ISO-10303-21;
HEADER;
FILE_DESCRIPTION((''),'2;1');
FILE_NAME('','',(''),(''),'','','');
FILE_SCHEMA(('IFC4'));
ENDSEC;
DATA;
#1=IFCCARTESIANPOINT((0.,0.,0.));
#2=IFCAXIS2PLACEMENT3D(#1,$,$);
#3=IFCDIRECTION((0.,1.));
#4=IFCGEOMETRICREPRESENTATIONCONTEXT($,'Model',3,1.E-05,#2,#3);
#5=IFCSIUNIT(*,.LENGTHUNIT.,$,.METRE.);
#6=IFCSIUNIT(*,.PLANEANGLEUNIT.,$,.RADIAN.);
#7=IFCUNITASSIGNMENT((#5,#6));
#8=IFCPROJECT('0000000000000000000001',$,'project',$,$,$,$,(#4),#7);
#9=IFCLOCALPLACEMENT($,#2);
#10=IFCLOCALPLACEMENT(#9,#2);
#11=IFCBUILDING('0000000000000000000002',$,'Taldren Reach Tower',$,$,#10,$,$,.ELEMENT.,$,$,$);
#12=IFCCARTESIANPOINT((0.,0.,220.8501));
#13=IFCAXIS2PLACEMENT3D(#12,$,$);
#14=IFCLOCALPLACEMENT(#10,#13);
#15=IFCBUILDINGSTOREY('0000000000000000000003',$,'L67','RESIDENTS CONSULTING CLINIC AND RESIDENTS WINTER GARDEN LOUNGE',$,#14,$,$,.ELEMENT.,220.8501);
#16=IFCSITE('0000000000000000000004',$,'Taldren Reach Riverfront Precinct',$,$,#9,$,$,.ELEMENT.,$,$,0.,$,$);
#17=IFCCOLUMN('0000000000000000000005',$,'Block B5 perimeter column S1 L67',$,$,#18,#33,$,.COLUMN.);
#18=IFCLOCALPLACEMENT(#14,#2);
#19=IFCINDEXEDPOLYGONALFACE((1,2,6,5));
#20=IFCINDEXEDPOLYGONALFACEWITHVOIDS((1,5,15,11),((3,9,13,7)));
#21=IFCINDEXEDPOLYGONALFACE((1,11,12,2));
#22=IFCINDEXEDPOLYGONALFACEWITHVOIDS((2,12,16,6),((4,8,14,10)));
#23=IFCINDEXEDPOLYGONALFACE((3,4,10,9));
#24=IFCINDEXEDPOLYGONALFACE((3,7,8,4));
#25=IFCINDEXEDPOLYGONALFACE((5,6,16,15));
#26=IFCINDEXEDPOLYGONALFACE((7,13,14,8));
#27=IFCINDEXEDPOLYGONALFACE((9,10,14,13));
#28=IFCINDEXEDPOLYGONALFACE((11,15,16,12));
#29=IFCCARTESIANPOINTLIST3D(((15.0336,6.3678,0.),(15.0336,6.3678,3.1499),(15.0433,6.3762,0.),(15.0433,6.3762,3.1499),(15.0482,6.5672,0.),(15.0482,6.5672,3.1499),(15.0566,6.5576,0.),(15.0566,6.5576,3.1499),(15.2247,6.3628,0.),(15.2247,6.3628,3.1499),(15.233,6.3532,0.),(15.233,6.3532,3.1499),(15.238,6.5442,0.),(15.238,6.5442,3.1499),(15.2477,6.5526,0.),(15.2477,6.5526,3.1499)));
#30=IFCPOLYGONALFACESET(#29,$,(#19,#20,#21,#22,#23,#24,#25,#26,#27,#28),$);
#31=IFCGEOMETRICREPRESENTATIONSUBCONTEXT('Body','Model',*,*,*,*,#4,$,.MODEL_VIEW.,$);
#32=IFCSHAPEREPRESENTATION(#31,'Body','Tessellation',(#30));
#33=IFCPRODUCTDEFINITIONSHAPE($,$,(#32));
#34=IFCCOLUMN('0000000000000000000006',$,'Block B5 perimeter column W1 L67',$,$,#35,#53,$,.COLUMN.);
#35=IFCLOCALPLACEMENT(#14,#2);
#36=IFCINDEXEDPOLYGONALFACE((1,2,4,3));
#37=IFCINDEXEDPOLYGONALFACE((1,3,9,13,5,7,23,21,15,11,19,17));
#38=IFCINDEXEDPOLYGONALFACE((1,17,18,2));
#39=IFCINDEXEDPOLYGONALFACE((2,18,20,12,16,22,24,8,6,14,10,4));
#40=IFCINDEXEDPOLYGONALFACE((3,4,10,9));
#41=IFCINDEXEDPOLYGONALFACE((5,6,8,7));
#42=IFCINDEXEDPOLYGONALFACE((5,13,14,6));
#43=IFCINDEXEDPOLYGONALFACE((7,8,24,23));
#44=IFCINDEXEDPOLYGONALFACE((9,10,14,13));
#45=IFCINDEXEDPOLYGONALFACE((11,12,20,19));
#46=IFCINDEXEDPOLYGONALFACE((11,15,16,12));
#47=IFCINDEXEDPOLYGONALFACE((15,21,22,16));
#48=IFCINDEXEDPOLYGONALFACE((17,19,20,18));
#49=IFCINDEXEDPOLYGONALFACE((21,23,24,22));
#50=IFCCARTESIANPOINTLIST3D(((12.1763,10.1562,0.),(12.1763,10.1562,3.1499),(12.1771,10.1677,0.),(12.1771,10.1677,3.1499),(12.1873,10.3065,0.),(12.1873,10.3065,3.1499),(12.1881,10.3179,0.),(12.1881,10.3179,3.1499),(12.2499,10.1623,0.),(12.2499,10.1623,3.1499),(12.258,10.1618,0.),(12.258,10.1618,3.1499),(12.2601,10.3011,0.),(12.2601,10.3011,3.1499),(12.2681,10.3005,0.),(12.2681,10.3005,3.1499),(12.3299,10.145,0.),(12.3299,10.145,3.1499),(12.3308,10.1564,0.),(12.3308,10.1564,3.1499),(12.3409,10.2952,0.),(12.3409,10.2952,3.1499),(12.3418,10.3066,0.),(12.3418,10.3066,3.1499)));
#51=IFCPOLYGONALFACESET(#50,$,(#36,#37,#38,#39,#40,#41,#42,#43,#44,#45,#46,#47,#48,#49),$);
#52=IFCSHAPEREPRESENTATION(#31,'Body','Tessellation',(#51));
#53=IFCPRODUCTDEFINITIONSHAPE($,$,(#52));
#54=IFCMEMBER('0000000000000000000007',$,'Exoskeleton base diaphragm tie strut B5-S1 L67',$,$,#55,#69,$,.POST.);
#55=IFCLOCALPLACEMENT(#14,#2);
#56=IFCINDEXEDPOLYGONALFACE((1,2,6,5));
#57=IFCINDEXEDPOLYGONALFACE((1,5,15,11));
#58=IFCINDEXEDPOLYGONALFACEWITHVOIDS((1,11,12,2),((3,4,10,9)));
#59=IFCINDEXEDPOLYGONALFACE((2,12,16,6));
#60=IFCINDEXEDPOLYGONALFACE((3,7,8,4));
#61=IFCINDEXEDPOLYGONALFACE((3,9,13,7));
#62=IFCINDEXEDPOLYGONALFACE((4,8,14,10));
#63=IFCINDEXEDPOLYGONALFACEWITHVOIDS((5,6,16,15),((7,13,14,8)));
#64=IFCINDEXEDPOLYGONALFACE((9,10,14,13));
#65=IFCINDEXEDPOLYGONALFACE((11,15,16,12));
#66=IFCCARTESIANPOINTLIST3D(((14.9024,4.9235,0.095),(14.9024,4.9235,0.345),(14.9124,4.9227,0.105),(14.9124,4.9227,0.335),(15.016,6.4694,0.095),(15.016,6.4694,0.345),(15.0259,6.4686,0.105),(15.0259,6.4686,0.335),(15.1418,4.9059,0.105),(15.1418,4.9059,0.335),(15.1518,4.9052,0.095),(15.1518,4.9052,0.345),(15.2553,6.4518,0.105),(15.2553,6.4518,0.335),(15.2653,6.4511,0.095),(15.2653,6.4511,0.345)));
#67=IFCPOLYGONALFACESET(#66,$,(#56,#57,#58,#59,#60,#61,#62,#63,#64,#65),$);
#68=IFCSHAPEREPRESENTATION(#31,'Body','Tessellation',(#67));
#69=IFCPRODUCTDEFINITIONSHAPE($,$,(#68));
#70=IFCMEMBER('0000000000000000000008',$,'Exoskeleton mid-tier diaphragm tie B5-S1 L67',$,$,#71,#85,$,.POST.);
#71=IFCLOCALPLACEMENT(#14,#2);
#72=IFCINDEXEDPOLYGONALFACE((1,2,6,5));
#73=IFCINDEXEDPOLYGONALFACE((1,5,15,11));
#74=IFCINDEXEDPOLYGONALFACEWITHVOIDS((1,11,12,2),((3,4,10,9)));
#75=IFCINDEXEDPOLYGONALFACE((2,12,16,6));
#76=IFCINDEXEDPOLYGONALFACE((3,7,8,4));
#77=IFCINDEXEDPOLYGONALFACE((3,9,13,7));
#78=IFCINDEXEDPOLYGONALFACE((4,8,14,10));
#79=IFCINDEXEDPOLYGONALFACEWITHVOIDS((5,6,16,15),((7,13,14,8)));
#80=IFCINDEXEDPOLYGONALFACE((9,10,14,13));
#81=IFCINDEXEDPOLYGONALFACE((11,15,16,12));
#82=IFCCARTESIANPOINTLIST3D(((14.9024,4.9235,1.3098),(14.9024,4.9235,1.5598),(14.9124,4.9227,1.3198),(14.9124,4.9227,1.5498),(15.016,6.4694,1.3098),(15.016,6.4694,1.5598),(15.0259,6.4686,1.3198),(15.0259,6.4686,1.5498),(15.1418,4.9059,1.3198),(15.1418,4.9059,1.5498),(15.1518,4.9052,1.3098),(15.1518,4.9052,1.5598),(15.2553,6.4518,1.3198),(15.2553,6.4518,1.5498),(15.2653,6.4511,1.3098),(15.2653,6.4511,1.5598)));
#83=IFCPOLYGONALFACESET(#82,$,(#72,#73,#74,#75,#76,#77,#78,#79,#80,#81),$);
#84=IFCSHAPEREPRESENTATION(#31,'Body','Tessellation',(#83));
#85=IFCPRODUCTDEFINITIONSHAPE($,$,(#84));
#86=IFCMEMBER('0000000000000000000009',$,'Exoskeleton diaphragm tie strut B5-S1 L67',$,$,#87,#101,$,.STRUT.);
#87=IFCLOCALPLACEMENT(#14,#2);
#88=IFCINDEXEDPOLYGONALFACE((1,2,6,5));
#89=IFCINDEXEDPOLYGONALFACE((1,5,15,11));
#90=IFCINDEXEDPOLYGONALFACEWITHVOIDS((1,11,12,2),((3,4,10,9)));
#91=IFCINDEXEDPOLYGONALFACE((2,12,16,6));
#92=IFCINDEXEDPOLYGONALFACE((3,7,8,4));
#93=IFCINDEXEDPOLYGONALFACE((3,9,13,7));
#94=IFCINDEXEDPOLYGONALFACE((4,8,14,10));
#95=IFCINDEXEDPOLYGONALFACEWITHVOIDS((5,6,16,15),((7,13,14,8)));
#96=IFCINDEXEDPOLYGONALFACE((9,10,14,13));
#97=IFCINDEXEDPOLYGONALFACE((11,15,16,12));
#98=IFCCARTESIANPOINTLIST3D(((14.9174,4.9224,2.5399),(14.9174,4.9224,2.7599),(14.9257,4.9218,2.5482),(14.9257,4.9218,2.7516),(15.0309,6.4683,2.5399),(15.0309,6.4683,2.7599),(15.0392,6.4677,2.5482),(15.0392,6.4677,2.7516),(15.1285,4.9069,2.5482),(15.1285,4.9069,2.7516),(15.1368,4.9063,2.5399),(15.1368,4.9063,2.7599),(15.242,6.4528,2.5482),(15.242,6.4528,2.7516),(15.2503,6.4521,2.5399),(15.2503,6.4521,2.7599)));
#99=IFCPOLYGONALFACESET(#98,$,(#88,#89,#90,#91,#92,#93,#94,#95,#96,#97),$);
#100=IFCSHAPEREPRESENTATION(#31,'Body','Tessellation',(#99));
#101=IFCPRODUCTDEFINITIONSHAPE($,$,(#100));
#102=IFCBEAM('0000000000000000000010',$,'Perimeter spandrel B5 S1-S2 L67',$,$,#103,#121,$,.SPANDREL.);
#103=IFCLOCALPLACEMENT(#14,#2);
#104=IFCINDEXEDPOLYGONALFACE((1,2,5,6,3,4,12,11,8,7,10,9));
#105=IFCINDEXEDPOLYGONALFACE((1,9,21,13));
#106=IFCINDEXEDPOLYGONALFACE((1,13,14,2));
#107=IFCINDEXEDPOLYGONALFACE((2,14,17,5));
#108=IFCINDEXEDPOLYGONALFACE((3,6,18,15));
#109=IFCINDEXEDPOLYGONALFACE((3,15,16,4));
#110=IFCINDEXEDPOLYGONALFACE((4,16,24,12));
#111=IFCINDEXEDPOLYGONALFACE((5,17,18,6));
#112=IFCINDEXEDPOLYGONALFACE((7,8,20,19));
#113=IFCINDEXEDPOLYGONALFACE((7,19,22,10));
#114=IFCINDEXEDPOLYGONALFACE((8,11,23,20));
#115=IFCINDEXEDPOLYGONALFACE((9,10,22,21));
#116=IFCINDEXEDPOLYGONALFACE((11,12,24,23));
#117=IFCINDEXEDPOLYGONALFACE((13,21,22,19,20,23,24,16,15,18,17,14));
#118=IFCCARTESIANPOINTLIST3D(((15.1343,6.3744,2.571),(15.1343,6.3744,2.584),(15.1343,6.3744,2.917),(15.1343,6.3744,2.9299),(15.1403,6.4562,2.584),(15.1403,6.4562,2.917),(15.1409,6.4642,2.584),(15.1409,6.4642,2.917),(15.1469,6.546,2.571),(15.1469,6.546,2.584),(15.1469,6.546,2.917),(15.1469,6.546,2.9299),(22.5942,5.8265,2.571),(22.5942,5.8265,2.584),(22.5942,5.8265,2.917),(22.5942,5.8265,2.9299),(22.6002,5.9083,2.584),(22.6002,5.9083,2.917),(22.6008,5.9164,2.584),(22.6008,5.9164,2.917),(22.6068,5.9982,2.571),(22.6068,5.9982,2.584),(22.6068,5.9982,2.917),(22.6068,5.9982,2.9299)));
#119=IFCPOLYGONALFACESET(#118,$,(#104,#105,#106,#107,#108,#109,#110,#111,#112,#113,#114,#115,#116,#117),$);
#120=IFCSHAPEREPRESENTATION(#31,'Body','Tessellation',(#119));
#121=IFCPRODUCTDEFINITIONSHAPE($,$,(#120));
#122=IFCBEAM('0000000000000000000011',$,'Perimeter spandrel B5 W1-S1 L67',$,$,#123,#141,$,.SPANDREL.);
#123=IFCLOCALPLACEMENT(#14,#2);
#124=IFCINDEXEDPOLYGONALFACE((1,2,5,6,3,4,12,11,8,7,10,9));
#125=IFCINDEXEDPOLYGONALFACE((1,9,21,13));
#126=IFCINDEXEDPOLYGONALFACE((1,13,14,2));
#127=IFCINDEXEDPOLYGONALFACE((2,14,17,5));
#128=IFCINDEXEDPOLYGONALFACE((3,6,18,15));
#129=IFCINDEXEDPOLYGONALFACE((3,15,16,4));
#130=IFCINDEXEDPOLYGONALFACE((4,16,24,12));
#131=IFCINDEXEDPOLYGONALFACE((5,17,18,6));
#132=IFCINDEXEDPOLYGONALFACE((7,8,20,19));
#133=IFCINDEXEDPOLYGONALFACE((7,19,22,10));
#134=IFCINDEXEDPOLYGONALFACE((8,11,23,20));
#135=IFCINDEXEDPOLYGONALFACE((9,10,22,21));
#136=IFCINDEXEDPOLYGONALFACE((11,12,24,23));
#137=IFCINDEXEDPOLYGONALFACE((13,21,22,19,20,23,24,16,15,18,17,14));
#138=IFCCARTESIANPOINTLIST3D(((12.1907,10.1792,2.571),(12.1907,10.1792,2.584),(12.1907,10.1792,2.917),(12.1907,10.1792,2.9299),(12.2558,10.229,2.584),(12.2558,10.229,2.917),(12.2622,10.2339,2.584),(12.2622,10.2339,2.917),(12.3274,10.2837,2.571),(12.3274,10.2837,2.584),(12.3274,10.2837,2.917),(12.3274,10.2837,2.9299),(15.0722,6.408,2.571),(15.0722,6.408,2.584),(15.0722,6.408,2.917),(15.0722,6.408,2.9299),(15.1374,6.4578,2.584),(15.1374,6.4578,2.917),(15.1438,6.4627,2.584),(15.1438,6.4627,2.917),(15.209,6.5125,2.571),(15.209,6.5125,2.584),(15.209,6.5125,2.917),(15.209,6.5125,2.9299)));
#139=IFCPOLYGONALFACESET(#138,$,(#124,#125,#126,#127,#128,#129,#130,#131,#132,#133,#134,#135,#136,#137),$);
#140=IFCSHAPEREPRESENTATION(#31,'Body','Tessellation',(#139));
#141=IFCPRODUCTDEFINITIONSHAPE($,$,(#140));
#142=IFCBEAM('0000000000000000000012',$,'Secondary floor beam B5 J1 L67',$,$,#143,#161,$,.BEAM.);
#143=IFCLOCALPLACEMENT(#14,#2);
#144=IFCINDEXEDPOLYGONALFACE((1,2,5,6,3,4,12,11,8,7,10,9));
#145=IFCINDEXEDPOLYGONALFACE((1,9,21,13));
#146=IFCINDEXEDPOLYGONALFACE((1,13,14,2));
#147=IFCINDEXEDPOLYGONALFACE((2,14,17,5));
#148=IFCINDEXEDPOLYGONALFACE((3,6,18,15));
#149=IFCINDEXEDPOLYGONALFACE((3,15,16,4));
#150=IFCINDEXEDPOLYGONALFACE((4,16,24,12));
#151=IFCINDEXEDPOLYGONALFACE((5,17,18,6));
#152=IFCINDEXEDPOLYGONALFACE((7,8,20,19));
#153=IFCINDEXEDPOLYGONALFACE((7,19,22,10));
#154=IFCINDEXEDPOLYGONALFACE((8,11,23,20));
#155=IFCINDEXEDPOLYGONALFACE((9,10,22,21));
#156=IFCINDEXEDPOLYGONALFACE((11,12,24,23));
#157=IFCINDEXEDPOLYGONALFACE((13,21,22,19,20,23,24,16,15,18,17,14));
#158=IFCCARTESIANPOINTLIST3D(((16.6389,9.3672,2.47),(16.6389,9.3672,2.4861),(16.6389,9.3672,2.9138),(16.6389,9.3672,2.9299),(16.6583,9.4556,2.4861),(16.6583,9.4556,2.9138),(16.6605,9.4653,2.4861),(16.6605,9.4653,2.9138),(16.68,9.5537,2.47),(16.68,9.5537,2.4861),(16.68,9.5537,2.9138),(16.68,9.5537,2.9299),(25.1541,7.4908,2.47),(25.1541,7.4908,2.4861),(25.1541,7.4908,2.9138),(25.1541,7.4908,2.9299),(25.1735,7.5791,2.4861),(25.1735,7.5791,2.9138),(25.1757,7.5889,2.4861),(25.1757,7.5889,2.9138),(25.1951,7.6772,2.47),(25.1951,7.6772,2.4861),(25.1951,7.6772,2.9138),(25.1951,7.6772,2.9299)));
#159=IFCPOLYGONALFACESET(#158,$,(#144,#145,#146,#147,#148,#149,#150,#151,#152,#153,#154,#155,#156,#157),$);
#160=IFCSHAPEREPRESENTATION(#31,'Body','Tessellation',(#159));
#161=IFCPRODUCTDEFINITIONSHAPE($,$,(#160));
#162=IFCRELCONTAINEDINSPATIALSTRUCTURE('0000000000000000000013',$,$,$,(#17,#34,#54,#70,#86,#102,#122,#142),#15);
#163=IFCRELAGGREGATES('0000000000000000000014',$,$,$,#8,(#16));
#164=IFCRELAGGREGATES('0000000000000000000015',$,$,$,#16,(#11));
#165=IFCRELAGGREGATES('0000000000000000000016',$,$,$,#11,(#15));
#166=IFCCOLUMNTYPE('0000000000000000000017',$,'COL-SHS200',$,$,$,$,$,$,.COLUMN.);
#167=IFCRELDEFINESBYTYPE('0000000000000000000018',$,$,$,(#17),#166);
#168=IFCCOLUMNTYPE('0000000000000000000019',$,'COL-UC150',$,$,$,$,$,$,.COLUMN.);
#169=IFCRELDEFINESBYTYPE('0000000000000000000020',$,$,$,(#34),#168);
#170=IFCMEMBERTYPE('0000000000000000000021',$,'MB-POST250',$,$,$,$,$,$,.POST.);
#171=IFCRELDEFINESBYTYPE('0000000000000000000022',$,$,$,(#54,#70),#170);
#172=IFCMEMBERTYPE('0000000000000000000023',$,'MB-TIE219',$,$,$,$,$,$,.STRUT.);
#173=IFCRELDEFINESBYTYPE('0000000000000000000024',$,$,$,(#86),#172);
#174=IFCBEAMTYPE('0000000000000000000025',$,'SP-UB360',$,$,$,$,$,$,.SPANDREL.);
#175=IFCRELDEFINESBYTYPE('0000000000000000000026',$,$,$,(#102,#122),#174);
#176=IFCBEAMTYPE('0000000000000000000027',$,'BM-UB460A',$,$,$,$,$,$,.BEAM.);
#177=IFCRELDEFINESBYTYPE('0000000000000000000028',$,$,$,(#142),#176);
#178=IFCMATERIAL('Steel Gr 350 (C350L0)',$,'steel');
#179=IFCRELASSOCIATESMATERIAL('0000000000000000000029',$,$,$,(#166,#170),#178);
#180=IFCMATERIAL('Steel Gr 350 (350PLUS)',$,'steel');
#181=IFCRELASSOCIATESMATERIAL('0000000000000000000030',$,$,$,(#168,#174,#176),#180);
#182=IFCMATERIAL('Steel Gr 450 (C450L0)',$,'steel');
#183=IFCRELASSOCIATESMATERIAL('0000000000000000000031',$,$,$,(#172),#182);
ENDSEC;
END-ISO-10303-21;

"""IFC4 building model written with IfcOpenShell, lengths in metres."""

from ifc_helpers import new_model, si_unit, direction, frame, origin, origin_2d, place, context, subcontext, project, spatial, hollow_rectangle, i_section, extrude, source, transform, mapped, material, material_profile, profile_set, type_object, element, save


model = new_model("IFC4")

# Units and contexts
model_context = context("Model", 3, precision=1e-05, world=origin(), true_north=direction((0.0, 1.0)))
body_context = subcontext(model_context, "Body", "Model", "MODEL_VIEW")
ifc_project = project(units=[si_unit("LENGTHUNIT", "METRE"), si_unit("PLANEANGLEUNIT", "RADIAN")], contexts=[model_context])

# Site, building, storey
site_placement = place(None, origin())
site = spatial("IfcSite", under=ifc_project, at=site_placement, Name="Taldren Reach Riverfront Precinct", CompositionType="ELEMENT", RefElevation=0.0)
building_placement = place(site_placement, origin())
building = spatial("IfcBuilding", under=site, at=building_placement, Name="Taldren Reach Tower", CompositionType="ELEMENT")
storey_placement = place(building_placement, frame((0.0, 0.0, 220.8501)))
storey = spatial("IfcBuildingStorey", under=building, at=storey_placement, Name="L67", Description="RESIDENTS CONSULTING CLINIC AND RESIDENTS WINTER GARDEN LOUNGE", CompositionType="ELEMENT", Elevation=220.8501)

# Columns
ifc_material_1 = material(Name="Steel Gr 350 (C350L0)", Category="steel")
ifc_material_profile_1 = material_profile(ifc_material_1, hollow_rectangle(XDim=0.2, YDim=0.2, WallThickness=0.009, at=origin_2d()), Name="200x200x9.0SHS")
ifc_profile_set_1 = profile_set([ifc_material_profile_1], Name="Steel Gr 350 (C350L0)")
column_type_1 = type_object("IfcColumnType", Name="COL-SHS200", PredefinedType="COLUMN", material=ifc_profile_set_1)
shared_shape_1 = source(origin(), body_context, "Body", "SweptSolid", [
    extrude(hollow_rectangle(XDim=0.2, YDim=0.2, WallThickness=0.009, at=origin_2d()), origin(), (0.0, 0.0, 1.0), 3.1499),
])
column_1_placement = place(storey_placement, frame((15.1406, 6.4602, 0.0), z_axis=(0.0, 0.0, 1.0), x_axis=(0.997314, -0.073238, 0.0)))
element("IfcColumn", 1, at=column_1_placement, inside=storey, type_object=column_type_1, Name="Block B5 perimeter column S1 L67", PredefinedType="COLUMN", context=body_context, shape_type="MappedRepresentation", body=[
    mapped(shared_shape_1, transform((0.0, 0.0, 0.0), scale=1.0)),
])
ifc_material_2 = material(Name="Steel Gr 350 (350PLUS)", Category="steel")
ifc_material_profile_2 = material_profile(ifc_material_2, i_section(OverallWidth=0.1541, OverallDepth=0.1621, WebThickness=0.0081, FlangeThickness=0.0115, at=origin_2d()), Name="150UC37.2")
ifc_profile_set_2 = profile_set([ifc_material_profile_2], Name="Steel Gr 350 (350PLUS)")
column_type_2 = type_object("IfcColumnType", Name="COL-UC150", PredefinedType="COLUMN", material=ifc_profile_set_2)
shared_shape_2 = source(origin(), body_context, "Body", "SweptSolid", [
    extrude(i_section(OverallWidth=0.1541, OverallDepth=0.1621, WebThickness=0.0081, FlangeThickness=0.0115, at=origin_2d()), origin(), (0.0, 0.0, 1.0), 3.1499),
])
column_2_placement = place(storey_placement, frame((12.259, 10.2314, 0.0), z_axis=(0.0, 0.0, 1.0), x_axis=(0.997314, -0.073238, 0.0)))
element("IfcColumn", 2, at=column_2_placement, inside=storey, type_object=column_type_2, Name="Block B5 perimeter column W1 L67", PredefinedType="COLUMN", context=body_context, shape_type="MappedRepresentation", body=[
    mapped(shared_shape_2, transform((0.0, 0.0, 0.0), scale=1.0)),
])

# Members
ifc_material_profile_3 = material_profile(ifc_material_1, hollow_rectangle(XDim=0.25, YDim=0.25, WallThickness=0.01, at=origin_2d()), Name="250x250x10.0SHS")
ifc_profile_set_3 = profile_set([ifc_material_profile_3], Name="Steel Gr 350 (C350L0)")
member_type_1 = type_object("IfcMemberType", Name="MB-POST250", PredefinedType="POST", material=ifc_profile_set_3)
shared_shape_3 = source(origin(), body_context, "Body", "SweptSolid", [
    extrude(hollow_rectangle(XDim=0.25, YDim=0.25, WallThickness=0.01, at=origin_2d()), origin(), (0.0, 0.0, 1.0), 1.55),
])
for number, where, z_axis, x_axis, name in (
    (3, (15.1406, 6.4602, 0.22), (-0.073239, -0.997314, 0.0), (0.997314, -0.073239, 0.0), "Exoskeleton base diaphragm tie strut B5-S1 L67"),
    (4, (15.1406, 6.4602, 1.4348), (-0.073239, -0.997314, 0.0), (0.997314, -0.073239, 0.0), "Exoskeleton mid-tier diaphragm tie B5-S1 L67"),
):
    element("IfcMember", number, at=place(storey_placement, frame(where, z_axis=z_axis, x_axis=x_axis)), inside=storey, type_object=member_type_1, Name=name, PredefinedType="POST", context=body_context, shape_type="MappedRepresentation", body=[
        mapped(shared_shape_3, transform((0.0, 0.0, 0.0), scale=1.0)),
    ])
ifc_material_3 = material(Name="Steel Gr 450 (C450L0)", Category="steel")
ifc_material_profile_4 = material_profile(ifc_material_3, hollow_rectangle(XDim=0.22, YDim=0.22, WallThickness=0.0083, at=origin_2d()), Name="220x220x8.2SHS")
ifc_profile_set_4 = profile_set([ifc_material_profile_4], Name="Steel Gr 450 (C450L0)")
member_type_2 = type_object("IfcMemberType", Name="MB-TIE219", PredefinedType="STRUT", material=ifc_profile_set_4)
shared_shape_4 = source(origin(), body_context, "Body", "SweptSolid", [
    extrude(hollow_rectangle(XDim=0.22, YDim=0.22, WallThickness=0.0083, at=origin_2d()), origin(), (0.0, 0.0, 1.0), 1.55),
])
member_1_placement = place(storey_placement, frame((15.1406, 6.4602, 2.6499), z_axis=(-0.073239, -0.997314, 0.0), x_axis=(0.997314, -0.073239, 0.0)))
element("IfcMember", 5, at=member_1_placement, inside=storey, type_object=member_type_2, Name="Exoskeleton diaphragm tie strut B5-S1 L67", PredefinedType="STRUT", context=body_context, shape_type="MappedRepresentation", body=[
    mapped(shared_shape_4, transform((0.0, 0.0, 0.0), scale=1.0)),
])

# Beams
ifc_material_profile_5 = material_profile(ifc_material_2, i_section(OverallWidth=0.1721, OverallDepth=0.3589, WebThickness=0.0081, FlangeThickness=0.0129, at=origin_2d()), Name="360UB56.7")
ifc_profile_set_5 = profile_set([ifc_material_profile_5], Name="Steel Gr 350 (350PLUS)")
beam_type_1 = type_object("IfcBeamType", Name="SP-UB360", PredefinedType="SPANDREL", material=ifc_profile_set_5)
shared_shape_5 = source(origin(), body_context, "Body", "SweptSolid", [
    extrude(i_section(OverallWidth=0.1721, OverallDepth=0.3589, WebThickness=0.0081, FlangeThickness=0.0129, at=origin_2d()), origin(), (0.0, 0.0, 1.0), 7.48),
])
beam_1_placement = place(storey_placement, frame((15.1406, 6.4602, 2.7505), z_axis=(0.997314, -0.073242, 0.0), x_axis=(0.073242, 0.997314, 0.0)))
element("IfcBeam", 6, at=beam_1_placement, inside=storey, type_object=beam_type_1, Name="Perimeter spandrel B5 S1-S2 L67", PredefinedType="SPANDREL", context=body_context, shape_type="MappedRepresentation", body=[
    mapped(shared_shape_5, transform((0.0, 0.0, 0.0), scale=1.0)),
])
shared_shape_6 = source(origin(), body_context, "Body", "SweptSolid", [
    extrude(i_section(OverallWidth=0.1721, OverallDepth=0.3589, WebThickness=0.0081, FlangeThickness=0.0129, at=origin_2d()), origin(), (0.0, 0.0, 1.0), 4.7461),
])
beam_2_placement = place(storey_placement, frame((12.259, 10.2314, 2.7505), z_axis=(0.607145, -0.794591, 0.0), x_axis=(0.794591, 0.607145, 0.0)))
element("IfcBeam", 7, at=beam_2_placement, inside=storey, type_object=beam_type_1, Name="Perimeter spandrel B5 W1-S1 L67", PredefinedType="SPANDREL", context=body_context, shape_type="MappedRepresentation", body=[
    mapped(shared_shape_6, transform((0.0, 0.0, 0.0), scale=1.0)),
])
ifc_material_profile_6 = material_profile(ifc_material_2, i_section(OverallWidth=0.1909, OverallDepth=0.46, WebThickness=0.01, FlangeThickness=0.0161, at=origin_2d()), Name="460UB82.1")
ifc_profile_set_6 = profile_set([ifc_material_profile_6], Name="Steel Gr 350 (350PLUS)")
beam_type_2 = type_object("IfcBeamType", Name="BM-UB460A", PredefinedType="BEAM", material=ifc_profile_set_6)
shared_shape_7 = source(origin(), body_context, "Body", "SweptSolid", [
    extrude(i_section(OverallWidth=0.1909, OverallDepth=0.46, WebThickness=0.01, FlangeThickness=0.0161, at=origin_2d()), origin(), (0.0, 0.0, 1.0), 8.7195),
])
beam_3_placement = place(storey_placement, frame((16.6594, 9.4604, 2.7), z_axis=(0.976569, -0.215205, 0.0), x_axis=(0.215205, 0.976569, 0.0)))
element("IfcBeam", 8, at=beam_3_placement, inside=storey, type_object=beam_type_2, Name="Secondary floor beam B5 J1 L67", PredefinedType="BEAM", context=body_context, shape_type="MappedRepresentation", body=[
    mapped(shared_shape_7, transform((0.0, 0.0, 0.0), scale=1.0)),
])

save(model, "model.ifc")
